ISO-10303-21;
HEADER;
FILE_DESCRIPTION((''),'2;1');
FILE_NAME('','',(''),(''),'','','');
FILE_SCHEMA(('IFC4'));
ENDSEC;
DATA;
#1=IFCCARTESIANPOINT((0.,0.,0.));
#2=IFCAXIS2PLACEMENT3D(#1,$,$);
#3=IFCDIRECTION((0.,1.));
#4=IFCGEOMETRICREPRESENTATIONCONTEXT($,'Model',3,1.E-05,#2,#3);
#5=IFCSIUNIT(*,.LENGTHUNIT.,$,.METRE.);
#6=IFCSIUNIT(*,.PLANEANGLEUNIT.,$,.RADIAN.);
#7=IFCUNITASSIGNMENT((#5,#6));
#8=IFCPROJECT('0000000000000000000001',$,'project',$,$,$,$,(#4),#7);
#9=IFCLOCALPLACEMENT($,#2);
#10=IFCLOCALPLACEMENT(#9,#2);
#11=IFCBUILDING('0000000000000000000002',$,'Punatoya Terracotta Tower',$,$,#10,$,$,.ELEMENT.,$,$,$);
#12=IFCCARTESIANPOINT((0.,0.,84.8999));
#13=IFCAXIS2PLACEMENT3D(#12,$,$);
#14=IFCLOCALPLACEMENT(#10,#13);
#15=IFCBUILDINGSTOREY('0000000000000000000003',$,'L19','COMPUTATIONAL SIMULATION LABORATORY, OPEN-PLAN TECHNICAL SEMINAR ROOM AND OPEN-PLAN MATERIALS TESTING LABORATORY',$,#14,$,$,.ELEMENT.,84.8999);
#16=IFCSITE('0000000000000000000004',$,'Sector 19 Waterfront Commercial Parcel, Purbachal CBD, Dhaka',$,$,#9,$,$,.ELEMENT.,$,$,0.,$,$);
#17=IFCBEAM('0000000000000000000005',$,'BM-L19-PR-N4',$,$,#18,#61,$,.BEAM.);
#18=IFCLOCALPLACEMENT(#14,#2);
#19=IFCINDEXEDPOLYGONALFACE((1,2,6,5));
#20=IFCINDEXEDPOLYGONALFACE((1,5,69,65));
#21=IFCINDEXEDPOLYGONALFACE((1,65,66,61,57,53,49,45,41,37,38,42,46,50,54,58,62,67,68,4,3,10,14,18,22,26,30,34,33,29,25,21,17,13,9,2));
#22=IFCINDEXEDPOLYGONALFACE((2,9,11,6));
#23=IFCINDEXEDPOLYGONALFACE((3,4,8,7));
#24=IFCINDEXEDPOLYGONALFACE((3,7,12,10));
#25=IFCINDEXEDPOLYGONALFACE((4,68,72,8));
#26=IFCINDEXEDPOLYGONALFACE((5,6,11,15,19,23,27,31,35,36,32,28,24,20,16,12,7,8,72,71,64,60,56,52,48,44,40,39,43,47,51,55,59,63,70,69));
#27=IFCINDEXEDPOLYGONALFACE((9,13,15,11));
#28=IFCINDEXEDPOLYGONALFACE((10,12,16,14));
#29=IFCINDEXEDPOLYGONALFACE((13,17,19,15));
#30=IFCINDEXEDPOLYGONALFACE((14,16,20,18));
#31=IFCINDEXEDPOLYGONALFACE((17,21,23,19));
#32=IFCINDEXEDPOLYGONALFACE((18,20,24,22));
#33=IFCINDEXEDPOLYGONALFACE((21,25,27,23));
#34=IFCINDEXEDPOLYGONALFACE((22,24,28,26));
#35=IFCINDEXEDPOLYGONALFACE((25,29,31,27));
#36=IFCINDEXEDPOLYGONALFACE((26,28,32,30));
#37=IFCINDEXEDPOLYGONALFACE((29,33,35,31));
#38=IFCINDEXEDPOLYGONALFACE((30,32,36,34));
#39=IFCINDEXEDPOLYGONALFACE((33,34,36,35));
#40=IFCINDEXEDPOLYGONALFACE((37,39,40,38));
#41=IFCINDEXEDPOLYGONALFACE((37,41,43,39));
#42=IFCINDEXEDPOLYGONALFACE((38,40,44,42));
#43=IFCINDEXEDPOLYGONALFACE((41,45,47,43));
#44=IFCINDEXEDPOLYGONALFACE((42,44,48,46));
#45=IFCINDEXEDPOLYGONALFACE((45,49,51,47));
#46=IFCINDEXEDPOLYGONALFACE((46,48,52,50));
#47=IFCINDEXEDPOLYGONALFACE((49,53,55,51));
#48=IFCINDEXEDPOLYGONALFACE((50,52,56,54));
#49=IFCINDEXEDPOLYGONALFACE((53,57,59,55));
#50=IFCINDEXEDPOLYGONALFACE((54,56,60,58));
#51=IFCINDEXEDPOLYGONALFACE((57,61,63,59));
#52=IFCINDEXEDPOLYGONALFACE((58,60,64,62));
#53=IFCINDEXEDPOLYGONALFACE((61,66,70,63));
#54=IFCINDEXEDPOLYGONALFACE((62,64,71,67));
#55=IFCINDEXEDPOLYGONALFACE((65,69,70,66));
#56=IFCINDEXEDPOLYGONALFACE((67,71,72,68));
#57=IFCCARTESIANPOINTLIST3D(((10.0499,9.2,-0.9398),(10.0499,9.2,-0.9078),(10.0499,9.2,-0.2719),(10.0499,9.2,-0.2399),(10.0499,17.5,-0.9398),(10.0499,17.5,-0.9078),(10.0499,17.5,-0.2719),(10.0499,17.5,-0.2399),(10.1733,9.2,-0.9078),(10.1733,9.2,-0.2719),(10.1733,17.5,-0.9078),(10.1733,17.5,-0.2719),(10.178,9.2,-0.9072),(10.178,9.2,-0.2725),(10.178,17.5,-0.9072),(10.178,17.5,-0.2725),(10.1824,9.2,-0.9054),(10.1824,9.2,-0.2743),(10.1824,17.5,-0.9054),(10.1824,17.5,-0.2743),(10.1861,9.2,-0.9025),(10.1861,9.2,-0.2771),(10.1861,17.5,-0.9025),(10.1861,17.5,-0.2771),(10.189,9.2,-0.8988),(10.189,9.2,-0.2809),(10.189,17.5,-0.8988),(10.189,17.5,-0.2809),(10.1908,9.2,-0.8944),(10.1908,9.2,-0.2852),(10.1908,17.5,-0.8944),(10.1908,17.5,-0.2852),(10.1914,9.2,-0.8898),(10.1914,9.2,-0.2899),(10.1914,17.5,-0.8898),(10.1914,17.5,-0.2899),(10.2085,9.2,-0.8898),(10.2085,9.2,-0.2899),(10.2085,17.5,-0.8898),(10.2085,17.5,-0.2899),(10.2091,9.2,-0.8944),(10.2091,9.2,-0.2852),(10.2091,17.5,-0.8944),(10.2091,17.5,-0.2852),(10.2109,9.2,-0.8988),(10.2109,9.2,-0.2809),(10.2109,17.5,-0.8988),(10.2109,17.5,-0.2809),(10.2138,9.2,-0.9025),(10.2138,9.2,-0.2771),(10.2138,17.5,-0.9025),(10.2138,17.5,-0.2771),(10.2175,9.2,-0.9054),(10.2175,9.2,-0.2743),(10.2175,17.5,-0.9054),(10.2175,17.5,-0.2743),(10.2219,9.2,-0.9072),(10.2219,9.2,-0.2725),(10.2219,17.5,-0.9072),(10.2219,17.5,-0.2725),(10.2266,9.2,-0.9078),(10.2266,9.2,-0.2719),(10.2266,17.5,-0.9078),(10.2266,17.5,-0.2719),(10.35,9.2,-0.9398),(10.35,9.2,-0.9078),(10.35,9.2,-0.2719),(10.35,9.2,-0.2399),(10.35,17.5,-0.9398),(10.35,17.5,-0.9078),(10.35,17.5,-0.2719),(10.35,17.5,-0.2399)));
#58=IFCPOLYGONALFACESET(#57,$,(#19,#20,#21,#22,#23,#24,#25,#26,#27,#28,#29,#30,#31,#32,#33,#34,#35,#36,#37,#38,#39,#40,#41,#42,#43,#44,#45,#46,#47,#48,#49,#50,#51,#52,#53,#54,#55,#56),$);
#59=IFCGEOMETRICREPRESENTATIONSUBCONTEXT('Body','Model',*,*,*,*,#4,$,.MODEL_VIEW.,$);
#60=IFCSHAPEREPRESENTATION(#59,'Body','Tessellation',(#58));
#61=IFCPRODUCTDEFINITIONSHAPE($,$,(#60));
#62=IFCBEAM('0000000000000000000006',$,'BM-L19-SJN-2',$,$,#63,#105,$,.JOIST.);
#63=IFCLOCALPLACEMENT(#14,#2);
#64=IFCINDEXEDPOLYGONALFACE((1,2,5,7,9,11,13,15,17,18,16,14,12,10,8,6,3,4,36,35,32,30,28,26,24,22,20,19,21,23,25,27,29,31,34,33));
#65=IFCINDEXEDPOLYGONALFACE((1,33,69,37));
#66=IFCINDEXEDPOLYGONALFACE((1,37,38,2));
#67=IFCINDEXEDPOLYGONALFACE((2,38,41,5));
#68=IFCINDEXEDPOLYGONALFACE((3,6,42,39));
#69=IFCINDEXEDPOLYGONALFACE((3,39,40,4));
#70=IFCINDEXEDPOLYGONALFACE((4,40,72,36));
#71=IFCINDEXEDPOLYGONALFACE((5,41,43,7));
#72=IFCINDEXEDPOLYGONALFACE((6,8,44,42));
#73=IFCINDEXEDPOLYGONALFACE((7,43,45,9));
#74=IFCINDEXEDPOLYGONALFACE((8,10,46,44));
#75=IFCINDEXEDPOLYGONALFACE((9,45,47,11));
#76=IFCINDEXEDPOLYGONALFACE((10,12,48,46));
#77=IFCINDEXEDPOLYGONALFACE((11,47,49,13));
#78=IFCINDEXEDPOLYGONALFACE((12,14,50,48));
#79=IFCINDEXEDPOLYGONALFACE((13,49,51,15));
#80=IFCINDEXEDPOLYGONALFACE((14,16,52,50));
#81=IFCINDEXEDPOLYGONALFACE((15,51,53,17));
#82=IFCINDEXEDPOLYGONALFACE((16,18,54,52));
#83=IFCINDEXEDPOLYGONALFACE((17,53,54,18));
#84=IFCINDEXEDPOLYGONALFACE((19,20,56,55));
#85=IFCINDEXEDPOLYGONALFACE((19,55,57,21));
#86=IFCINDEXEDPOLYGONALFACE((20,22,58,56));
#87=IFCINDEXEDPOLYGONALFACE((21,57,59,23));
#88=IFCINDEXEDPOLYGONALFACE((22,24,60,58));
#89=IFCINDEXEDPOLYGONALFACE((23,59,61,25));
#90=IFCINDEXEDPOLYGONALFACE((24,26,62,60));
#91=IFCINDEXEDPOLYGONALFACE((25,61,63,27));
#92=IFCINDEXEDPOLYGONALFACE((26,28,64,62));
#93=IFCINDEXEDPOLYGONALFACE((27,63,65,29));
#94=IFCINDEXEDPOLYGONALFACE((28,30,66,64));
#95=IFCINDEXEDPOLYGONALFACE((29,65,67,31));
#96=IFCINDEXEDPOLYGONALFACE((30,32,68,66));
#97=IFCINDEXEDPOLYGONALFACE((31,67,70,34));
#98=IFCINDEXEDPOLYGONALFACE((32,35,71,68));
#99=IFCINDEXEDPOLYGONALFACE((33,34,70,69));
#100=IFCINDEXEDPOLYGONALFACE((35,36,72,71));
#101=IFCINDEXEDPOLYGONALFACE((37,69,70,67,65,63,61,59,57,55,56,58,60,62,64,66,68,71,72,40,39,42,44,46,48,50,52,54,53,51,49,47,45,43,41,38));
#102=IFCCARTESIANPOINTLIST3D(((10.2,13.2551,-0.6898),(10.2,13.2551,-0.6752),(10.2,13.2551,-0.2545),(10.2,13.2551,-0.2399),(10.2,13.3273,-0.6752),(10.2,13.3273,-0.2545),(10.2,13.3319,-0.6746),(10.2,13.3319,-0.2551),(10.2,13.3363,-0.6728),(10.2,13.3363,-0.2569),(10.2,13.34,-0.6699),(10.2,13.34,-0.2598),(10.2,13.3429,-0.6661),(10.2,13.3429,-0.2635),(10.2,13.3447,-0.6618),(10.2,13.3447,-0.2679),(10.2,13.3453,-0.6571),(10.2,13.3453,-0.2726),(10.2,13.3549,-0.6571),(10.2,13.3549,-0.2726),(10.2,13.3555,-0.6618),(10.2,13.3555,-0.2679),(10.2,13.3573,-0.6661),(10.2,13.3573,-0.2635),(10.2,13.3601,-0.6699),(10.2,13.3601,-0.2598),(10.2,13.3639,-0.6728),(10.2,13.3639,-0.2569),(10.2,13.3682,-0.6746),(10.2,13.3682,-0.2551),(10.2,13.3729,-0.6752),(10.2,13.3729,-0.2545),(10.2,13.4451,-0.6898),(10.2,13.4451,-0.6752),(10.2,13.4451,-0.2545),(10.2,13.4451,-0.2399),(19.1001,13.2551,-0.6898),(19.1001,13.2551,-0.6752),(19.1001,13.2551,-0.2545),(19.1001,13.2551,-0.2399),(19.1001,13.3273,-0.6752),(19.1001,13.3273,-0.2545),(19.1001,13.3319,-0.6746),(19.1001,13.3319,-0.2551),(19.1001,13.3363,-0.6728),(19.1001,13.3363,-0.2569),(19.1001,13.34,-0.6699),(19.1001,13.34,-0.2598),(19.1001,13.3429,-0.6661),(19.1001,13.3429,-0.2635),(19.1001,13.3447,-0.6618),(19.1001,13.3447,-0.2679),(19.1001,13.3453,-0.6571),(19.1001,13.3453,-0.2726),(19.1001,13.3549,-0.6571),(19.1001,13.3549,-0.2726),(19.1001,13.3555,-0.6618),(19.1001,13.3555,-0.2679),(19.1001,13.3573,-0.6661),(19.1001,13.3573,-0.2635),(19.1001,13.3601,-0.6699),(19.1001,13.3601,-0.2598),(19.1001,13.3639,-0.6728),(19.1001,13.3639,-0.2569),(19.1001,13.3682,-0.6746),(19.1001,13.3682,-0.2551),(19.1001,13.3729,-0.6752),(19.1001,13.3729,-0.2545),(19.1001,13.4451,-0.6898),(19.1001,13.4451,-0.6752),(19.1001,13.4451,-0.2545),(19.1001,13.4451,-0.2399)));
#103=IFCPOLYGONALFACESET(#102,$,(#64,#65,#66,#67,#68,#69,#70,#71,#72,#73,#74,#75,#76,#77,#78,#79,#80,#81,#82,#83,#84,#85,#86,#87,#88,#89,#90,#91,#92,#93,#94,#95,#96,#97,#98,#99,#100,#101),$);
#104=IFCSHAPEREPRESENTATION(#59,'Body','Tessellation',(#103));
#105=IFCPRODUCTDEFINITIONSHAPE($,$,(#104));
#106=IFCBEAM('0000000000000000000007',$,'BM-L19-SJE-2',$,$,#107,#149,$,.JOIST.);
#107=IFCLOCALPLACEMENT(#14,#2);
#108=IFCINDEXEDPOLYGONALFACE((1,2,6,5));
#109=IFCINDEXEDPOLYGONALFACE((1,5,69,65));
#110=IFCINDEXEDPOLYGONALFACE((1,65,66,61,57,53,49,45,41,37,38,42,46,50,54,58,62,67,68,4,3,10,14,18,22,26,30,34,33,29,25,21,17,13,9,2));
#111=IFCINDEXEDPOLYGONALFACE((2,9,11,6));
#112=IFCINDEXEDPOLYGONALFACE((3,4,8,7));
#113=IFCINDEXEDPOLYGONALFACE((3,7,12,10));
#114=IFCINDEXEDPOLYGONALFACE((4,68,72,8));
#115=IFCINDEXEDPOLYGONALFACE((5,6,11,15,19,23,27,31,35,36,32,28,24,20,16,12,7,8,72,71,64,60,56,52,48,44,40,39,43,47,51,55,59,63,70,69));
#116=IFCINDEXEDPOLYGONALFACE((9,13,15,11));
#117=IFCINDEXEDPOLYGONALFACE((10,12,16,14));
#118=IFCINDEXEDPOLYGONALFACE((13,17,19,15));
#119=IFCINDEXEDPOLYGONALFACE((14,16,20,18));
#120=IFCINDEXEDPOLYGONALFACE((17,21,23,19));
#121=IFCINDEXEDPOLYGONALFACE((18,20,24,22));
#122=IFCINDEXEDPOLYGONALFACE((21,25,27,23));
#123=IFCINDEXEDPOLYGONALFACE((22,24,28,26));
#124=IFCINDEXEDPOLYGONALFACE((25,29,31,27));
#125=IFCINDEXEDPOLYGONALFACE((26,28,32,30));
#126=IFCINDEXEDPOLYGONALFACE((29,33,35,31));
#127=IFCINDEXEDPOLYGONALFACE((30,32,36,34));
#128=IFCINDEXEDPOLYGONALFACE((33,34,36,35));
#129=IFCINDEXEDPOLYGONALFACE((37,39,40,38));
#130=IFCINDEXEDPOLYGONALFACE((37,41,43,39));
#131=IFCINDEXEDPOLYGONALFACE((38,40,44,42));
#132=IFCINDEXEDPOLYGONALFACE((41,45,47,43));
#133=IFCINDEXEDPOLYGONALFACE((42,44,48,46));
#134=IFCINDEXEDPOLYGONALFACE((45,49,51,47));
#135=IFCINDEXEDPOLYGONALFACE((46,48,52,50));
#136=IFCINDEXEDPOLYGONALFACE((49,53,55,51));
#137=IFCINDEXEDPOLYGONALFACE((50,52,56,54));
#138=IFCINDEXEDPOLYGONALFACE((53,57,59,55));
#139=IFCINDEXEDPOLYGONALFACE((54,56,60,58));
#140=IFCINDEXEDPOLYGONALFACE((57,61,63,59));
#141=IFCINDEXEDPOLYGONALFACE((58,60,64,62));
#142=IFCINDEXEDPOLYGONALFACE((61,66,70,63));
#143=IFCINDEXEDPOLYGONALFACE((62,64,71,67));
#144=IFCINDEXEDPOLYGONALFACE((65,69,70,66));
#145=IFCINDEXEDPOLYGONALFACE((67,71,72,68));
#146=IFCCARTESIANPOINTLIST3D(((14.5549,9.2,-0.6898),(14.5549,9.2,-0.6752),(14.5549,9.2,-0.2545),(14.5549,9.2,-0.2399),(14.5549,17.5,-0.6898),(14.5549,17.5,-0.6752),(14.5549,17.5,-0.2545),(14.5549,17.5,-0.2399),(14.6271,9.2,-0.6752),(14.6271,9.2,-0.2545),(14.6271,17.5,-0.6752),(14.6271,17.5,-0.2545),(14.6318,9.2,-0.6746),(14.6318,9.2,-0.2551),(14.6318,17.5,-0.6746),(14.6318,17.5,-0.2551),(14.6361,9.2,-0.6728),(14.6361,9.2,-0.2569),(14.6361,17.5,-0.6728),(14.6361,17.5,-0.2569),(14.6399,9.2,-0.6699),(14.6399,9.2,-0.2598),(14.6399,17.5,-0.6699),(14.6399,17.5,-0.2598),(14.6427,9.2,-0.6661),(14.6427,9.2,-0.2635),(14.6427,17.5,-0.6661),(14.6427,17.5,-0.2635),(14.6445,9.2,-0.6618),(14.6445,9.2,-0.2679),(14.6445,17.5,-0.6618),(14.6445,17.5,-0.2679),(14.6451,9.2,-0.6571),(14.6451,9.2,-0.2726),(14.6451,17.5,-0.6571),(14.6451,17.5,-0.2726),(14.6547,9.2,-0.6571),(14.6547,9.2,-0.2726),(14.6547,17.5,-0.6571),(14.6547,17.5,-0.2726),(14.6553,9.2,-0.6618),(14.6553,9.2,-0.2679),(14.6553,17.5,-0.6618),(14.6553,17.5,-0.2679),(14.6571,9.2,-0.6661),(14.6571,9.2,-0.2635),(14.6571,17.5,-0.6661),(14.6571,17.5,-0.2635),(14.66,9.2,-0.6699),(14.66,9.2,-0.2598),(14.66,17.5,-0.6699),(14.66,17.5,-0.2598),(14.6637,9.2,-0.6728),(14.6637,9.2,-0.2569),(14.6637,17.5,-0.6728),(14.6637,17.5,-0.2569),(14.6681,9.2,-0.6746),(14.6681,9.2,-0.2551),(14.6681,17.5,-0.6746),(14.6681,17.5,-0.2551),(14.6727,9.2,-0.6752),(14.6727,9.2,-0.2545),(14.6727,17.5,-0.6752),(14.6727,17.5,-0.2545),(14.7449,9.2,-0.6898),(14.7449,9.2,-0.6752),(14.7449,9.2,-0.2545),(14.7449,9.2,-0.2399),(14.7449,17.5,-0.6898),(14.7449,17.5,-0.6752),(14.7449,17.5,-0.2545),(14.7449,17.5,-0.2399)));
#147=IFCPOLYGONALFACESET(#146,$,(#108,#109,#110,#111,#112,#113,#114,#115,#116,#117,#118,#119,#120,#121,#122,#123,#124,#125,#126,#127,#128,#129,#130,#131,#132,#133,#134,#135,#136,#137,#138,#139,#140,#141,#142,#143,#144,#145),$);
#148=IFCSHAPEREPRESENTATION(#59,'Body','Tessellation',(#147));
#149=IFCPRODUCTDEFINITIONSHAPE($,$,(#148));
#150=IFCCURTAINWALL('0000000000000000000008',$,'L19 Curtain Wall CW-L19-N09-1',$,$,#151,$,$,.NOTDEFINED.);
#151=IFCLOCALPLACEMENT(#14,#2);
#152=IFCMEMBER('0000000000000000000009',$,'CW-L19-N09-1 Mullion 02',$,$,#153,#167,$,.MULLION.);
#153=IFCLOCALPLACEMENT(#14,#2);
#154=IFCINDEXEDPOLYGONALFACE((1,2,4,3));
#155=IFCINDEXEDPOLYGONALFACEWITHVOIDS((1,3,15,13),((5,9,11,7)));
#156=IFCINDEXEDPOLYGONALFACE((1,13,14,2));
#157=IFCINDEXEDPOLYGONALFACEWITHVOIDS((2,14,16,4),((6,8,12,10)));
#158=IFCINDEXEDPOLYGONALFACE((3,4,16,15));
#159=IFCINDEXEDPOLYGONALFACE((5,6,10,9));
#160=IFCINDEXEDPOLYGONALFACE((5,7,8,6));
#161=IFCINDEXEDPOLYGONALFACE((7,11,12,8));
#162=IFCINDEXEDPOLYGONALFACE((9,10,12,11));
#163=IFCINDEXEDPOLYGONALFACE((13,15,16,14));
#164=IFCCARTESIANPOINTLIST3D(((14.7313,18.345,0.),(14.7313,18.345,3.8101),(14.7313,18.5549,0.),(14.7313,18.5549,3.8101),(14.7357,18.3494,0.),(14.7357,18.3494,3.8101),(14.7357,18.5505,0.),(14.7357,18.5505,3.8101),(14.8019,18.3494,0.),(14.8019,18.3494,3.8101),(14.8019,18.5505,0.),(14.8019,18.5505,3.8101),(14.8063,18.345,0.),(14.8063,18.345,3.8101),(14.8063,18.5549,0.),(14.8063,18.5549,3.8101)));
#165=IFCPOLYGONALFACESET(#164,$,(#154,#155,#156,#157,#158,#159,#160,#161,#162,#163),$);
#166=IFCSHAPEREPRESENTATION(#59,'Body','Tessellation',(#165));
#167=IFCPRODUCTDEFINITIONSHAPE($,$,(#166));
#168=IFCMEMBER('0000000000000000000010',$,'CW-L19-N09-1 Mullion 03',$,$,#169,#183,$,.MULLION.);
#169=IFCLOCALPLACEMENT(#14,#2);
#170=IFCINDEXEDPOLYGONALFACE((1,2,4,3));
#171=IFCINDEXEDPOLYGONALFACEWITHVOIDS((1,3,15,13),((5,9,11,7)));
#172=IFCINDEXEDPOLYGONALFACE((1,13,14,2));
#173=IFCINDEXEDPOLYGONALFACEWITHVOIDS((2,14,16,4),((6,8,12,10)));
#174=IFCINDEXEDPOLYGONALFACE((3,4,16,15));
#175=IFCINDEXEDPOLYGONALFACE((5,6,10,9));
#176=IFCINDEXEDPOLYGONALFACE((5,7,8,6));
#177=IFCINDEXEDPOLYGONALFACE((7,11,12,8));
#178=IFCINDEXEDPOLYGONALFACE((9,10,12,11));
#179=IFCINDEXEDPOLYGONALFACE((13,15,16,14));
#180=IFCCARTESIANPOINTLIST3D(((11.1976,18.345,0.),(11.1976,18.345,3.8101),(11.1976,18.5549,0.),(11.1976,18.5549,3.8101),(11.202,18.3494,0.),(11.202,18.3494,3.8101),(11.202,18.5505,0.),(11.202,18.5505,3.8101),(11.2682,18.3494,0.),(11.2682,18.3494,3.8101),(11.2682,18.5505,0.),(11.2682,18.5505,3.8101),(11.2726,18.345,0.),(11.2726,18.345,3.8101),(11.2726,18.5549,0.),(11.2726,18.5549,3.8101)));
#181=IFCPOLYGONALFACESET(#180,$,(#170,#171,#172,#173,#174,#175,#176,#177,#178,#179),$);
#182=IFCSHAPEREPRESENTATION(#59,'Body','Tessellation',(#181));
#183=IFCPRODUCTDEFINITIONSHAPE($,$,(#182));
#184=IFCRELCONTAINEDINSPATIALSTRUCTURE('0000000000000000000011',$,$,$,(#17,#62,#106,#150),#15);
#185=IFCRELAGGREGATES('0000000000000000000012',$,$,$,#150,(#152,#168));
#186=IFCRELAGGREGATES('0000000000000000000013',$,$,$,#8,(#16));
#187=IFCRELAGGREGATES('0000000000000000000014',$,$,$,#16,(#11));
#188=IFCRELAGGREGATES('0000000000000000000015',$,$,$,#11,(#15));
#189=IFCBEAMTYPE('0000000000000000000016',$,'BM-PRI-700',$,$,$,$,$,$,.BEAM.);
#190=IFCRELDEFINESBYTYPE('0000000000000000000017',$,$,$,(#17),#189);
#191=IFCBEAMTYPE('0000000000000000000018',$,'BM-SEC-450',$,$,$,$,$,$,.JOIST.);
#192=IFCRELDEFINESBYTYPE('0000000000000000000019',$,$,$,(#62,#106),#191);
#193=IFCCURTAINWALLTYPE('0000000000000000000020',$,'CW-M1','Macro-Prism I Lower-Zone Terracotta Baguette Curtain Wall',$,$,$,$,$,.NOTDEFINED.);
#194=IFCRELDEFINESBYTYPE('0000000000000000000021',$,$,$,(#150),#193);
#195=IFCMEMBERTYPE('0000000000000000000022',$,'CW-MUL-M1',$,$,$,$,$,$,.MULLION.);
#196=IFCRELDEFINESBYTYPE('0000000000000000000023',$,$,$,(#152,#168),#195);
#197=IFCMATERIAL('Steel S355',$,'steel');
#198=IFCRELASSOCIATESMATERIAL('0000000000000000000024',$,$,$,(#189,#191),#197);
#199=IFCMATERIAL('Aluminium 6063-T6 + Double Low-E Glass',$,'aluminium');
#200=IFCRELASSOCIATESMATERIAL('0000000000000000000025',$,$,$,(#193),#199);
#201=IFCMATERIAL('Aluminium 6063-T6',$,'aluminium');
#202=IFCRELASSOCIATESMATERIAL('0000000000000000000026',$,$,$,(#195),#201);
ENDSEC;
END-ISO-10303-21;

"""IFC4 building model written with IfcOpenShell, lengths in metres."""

from ifc_helpers import new_model, si_unit, direction, frame, origin, origin_2d, place, context, subcontext, project, spatial, hollow_rectangle, i_section, extrude, material, material_profile, profile_set, type_object, element, aggregate, save


model = new_model("IFC4")

# Units and contexts
model_context = context("Model", 3, precision=1e-05, world=origin(), true_north=direction((0.0, 1.0)))
body_context = subcontext(model_context, "Body", "Model", "MODEL_VIEW")
ifc_project = project(units=[si_unit("LENGTHUNIT", "METRE"), si_unit("PLANEANGLEUNIT", "RADIAN")], contexts=[model_context])

# Site, building, storey
site_placement = place(None, origin())
site = spatial("IfcSite", under=ifc_project, at=site_placement, Name="Sector 19 Waterfront Commercial Parcel, Purbachal CBD, Dhaka", CompositionType="ELEMENT", RefElevation=0.0)
building_placement = place(site_placement, origin())
building = spatial("IfcBuilding", under=site, at=building_placement, Name="Punatoya Terracotta Tower", CompositionType="ELEMENT")
storey_placement = place(building_placement, frame((0.0, 0.0, 84.8999)))
storey = spatial("IfcBuildingStorey", under=building, at=storey_placement, Name="L19", Description="COMPUTATIONAL SIMULATION LABORATORY, OPEN-PLAN TECHNICAL SEMINAR ROOM AND OPEN-PLAN MATERIALS TESTING LABORATORY", CompositionType="ELEMENT", Elevation=84.8999)

# Beams
ifc_material_1 = material(Name="Steel S355", Category="steel")
ifc_material_profile_1 = material_profile(ifc_material_1, i_section(OverallWidth=0.3, OverallDepth=0.7, WebThickness=0.0171, FlangeThickness=0.032, FilletRadius=0.0181, at=origin_2d()))
ifc_profile_set_1 = profile_set([ifc_material_profile_1], Name="Steel S355")
beam_type_1 = type_object("IfcBeamType", Name="BM-PRI-700", PredefinedType="BEAM", material=ifc_profile_set_1)
for number, where, z_axis, x_axis, name in (
    (1, (10.2, 9.2, -0.5898), (0.0, 1.0, 0.0), (-1.0, 0.0, 0.0), "BM-L19-PR-N4"),
):
    element("IfcBeam", number, at=place(storey_placement, frame(where, z_axis=z_axis, x_axis=x_axis)), inside=storey, type_object=beam_type_1, Name=name, PredefinedType="BEAM", context=body_context, shape_type="SweptSolid", body=[
        extrude(i_section(OverallWidth=0.3, OverallDepth=0.7, WebThickness=0.0171, FlangeThickness=0.032, FilletRadius=0.0181, at=origin_2d()), origin(), (0.0, 0.0, 1.0), 8.3),
    ])
ifc_material_profile_2 = material_profile(ifc_material_1, i_section(OverallWidth=0.1899, OverallDepth=0.45, WebThickness=0.0095, FlangeThickness=0.0146, FilletRadius=0.0181, at=origin_2d()))
ifc_profile_set_2 = profile_set([ifc_material_profile_2], Name="Steel S355")
beam_type_2 = type_object("IfcBeamType", Name="BM-SEC-450", PredefinedType="JOIST", material=ifc_profile_set_2)
beam_1_placement = place(storey_placement, frame((10.2, 13.3501, -0.4648), z_axis=(1.0, 0.0, 0.0), x_axis=(0.0, 1.0, 0.0)))
element("IfcBeam", 2, at=beam_1_placement, inside=storey, type_object=beam_type_2, Name="BM-L19-SJN-2", PredefinedType="JOIST", context=body_context, shape_type="SweptSolid", body=[
    extrude(i_section(OverallWidth=0.1899, OverallDepth=0.45, WebThickness=0.0095, FlangeThickness=0.0146, FilletRadius=0.0181, at=origin_2d()), origin(), (0.0, 0.0, 1.0), 8.9001),
])
beam_2_placement = place(storey_placement, frame((14.6499, 9.2, -0.4648), z_axis=(0.0, 1.0, 0.0), x_axis=(-1.0, 0.0, 0.0)))
element("IfcBeam", 3, at=beam_2_placement, inside=storey, type_object=beam_type_2, Name="BM-L19-SJE-2", PredefinedType="JOIST", context=body_context, shape_type="SweptSolid", body=[
    extrude(i_section(OverallWidth=0.1899, OverallDepth=0.45, WebThickness=0.0095, FlangeThickness=0.0146, FilletRadius=0.0181, at=origin_2d()), origin(), (0.0, 0.0, 1.0), 8.3),
])

# Curtain wall, members
ifc_material_2 = material(Name="Aluminium 6063-T6 + Double Low-E Glass", Category="aluminium")
curtain_wall_type = type_object("IfcCurtainWallType", Name="CW-M1", Description="Macro-Prism I Lower-Zone Terracotta Baguette Curtain Wall", PredefinedType="NOTDEFINED", material=ifc_material_2)
curtain_wall_placement = place(storey_placement, origin())
curtain_wall = element("IfcCurtainWall", 4, at=curtain_wall_placement, inside=storey, type_object=curtain_wall_type, Name="L19 Curtain Wall CW-L19-N09-1", PredefinedType="NOTDEFINED")
ifc_material_3 = material(Name="Aluminium 6063-T6", Category="aluminium")
ifc_material_profile_3 = material_profile(ifc_material_3, hollow_rectangle(XDim=0.075, YDim=0.21, WallThickness=0.0044, at=origin_2d()))
ifc_profile_set_3 = profile_set([ifc_material_profile_3], Name="Aluminium 6063-T6")
member_type = type_object("IfcMemberType", Name="CW-MUL-M1", PredefinedType="MULLION", material=ifc_profile_set_3)
member_1_placement = place(storey_placement, frame((14.7688, 18.45, 0.0), z_axis=(0.0, 0.0, 1.0), x_axis=(1.0, 0.0, 0.0)))
member_1 = element("IfcMember", 5, at=member_1_placement, type_object=member_type, Name="CW-L19-N09-1 Mullion 02", PredefinedType="MULLION", context=body_context, shape_type="SweptSolid", body=[
    extrude(hollow_rectangle(XDim=0.075, YDim=0.21, WallThickness=0.0044, at=origin_2d()), origin(), (0.0, 0.0, 1.0), 3.8101),
])
member_2_placement = place(storey_placement, frame((11.2351, 18.45, 0.0), z_axis=(0.0, 0.0, 1.0), x_axis=(1.0, 0.0, 0.0)))
member_2 = element("IfcMember", 6, at=member_2_placement, type_object=member_type, Name="CW-L19-N09-1 Mullion 03", PredefinedType="MULLION", context=body_context, shape_type="SweptSolid", body=[
    extrude(hollow_rectangle(XDim=0.075, YDim=0.21, WallThickness=0.0044, at=origin_2d()), origin(), (0.0, 0.0, 1.0), 3.8101),
])
aggregate(curtain_wall, [member_1, member_2])

save(model, "model.ifc")
